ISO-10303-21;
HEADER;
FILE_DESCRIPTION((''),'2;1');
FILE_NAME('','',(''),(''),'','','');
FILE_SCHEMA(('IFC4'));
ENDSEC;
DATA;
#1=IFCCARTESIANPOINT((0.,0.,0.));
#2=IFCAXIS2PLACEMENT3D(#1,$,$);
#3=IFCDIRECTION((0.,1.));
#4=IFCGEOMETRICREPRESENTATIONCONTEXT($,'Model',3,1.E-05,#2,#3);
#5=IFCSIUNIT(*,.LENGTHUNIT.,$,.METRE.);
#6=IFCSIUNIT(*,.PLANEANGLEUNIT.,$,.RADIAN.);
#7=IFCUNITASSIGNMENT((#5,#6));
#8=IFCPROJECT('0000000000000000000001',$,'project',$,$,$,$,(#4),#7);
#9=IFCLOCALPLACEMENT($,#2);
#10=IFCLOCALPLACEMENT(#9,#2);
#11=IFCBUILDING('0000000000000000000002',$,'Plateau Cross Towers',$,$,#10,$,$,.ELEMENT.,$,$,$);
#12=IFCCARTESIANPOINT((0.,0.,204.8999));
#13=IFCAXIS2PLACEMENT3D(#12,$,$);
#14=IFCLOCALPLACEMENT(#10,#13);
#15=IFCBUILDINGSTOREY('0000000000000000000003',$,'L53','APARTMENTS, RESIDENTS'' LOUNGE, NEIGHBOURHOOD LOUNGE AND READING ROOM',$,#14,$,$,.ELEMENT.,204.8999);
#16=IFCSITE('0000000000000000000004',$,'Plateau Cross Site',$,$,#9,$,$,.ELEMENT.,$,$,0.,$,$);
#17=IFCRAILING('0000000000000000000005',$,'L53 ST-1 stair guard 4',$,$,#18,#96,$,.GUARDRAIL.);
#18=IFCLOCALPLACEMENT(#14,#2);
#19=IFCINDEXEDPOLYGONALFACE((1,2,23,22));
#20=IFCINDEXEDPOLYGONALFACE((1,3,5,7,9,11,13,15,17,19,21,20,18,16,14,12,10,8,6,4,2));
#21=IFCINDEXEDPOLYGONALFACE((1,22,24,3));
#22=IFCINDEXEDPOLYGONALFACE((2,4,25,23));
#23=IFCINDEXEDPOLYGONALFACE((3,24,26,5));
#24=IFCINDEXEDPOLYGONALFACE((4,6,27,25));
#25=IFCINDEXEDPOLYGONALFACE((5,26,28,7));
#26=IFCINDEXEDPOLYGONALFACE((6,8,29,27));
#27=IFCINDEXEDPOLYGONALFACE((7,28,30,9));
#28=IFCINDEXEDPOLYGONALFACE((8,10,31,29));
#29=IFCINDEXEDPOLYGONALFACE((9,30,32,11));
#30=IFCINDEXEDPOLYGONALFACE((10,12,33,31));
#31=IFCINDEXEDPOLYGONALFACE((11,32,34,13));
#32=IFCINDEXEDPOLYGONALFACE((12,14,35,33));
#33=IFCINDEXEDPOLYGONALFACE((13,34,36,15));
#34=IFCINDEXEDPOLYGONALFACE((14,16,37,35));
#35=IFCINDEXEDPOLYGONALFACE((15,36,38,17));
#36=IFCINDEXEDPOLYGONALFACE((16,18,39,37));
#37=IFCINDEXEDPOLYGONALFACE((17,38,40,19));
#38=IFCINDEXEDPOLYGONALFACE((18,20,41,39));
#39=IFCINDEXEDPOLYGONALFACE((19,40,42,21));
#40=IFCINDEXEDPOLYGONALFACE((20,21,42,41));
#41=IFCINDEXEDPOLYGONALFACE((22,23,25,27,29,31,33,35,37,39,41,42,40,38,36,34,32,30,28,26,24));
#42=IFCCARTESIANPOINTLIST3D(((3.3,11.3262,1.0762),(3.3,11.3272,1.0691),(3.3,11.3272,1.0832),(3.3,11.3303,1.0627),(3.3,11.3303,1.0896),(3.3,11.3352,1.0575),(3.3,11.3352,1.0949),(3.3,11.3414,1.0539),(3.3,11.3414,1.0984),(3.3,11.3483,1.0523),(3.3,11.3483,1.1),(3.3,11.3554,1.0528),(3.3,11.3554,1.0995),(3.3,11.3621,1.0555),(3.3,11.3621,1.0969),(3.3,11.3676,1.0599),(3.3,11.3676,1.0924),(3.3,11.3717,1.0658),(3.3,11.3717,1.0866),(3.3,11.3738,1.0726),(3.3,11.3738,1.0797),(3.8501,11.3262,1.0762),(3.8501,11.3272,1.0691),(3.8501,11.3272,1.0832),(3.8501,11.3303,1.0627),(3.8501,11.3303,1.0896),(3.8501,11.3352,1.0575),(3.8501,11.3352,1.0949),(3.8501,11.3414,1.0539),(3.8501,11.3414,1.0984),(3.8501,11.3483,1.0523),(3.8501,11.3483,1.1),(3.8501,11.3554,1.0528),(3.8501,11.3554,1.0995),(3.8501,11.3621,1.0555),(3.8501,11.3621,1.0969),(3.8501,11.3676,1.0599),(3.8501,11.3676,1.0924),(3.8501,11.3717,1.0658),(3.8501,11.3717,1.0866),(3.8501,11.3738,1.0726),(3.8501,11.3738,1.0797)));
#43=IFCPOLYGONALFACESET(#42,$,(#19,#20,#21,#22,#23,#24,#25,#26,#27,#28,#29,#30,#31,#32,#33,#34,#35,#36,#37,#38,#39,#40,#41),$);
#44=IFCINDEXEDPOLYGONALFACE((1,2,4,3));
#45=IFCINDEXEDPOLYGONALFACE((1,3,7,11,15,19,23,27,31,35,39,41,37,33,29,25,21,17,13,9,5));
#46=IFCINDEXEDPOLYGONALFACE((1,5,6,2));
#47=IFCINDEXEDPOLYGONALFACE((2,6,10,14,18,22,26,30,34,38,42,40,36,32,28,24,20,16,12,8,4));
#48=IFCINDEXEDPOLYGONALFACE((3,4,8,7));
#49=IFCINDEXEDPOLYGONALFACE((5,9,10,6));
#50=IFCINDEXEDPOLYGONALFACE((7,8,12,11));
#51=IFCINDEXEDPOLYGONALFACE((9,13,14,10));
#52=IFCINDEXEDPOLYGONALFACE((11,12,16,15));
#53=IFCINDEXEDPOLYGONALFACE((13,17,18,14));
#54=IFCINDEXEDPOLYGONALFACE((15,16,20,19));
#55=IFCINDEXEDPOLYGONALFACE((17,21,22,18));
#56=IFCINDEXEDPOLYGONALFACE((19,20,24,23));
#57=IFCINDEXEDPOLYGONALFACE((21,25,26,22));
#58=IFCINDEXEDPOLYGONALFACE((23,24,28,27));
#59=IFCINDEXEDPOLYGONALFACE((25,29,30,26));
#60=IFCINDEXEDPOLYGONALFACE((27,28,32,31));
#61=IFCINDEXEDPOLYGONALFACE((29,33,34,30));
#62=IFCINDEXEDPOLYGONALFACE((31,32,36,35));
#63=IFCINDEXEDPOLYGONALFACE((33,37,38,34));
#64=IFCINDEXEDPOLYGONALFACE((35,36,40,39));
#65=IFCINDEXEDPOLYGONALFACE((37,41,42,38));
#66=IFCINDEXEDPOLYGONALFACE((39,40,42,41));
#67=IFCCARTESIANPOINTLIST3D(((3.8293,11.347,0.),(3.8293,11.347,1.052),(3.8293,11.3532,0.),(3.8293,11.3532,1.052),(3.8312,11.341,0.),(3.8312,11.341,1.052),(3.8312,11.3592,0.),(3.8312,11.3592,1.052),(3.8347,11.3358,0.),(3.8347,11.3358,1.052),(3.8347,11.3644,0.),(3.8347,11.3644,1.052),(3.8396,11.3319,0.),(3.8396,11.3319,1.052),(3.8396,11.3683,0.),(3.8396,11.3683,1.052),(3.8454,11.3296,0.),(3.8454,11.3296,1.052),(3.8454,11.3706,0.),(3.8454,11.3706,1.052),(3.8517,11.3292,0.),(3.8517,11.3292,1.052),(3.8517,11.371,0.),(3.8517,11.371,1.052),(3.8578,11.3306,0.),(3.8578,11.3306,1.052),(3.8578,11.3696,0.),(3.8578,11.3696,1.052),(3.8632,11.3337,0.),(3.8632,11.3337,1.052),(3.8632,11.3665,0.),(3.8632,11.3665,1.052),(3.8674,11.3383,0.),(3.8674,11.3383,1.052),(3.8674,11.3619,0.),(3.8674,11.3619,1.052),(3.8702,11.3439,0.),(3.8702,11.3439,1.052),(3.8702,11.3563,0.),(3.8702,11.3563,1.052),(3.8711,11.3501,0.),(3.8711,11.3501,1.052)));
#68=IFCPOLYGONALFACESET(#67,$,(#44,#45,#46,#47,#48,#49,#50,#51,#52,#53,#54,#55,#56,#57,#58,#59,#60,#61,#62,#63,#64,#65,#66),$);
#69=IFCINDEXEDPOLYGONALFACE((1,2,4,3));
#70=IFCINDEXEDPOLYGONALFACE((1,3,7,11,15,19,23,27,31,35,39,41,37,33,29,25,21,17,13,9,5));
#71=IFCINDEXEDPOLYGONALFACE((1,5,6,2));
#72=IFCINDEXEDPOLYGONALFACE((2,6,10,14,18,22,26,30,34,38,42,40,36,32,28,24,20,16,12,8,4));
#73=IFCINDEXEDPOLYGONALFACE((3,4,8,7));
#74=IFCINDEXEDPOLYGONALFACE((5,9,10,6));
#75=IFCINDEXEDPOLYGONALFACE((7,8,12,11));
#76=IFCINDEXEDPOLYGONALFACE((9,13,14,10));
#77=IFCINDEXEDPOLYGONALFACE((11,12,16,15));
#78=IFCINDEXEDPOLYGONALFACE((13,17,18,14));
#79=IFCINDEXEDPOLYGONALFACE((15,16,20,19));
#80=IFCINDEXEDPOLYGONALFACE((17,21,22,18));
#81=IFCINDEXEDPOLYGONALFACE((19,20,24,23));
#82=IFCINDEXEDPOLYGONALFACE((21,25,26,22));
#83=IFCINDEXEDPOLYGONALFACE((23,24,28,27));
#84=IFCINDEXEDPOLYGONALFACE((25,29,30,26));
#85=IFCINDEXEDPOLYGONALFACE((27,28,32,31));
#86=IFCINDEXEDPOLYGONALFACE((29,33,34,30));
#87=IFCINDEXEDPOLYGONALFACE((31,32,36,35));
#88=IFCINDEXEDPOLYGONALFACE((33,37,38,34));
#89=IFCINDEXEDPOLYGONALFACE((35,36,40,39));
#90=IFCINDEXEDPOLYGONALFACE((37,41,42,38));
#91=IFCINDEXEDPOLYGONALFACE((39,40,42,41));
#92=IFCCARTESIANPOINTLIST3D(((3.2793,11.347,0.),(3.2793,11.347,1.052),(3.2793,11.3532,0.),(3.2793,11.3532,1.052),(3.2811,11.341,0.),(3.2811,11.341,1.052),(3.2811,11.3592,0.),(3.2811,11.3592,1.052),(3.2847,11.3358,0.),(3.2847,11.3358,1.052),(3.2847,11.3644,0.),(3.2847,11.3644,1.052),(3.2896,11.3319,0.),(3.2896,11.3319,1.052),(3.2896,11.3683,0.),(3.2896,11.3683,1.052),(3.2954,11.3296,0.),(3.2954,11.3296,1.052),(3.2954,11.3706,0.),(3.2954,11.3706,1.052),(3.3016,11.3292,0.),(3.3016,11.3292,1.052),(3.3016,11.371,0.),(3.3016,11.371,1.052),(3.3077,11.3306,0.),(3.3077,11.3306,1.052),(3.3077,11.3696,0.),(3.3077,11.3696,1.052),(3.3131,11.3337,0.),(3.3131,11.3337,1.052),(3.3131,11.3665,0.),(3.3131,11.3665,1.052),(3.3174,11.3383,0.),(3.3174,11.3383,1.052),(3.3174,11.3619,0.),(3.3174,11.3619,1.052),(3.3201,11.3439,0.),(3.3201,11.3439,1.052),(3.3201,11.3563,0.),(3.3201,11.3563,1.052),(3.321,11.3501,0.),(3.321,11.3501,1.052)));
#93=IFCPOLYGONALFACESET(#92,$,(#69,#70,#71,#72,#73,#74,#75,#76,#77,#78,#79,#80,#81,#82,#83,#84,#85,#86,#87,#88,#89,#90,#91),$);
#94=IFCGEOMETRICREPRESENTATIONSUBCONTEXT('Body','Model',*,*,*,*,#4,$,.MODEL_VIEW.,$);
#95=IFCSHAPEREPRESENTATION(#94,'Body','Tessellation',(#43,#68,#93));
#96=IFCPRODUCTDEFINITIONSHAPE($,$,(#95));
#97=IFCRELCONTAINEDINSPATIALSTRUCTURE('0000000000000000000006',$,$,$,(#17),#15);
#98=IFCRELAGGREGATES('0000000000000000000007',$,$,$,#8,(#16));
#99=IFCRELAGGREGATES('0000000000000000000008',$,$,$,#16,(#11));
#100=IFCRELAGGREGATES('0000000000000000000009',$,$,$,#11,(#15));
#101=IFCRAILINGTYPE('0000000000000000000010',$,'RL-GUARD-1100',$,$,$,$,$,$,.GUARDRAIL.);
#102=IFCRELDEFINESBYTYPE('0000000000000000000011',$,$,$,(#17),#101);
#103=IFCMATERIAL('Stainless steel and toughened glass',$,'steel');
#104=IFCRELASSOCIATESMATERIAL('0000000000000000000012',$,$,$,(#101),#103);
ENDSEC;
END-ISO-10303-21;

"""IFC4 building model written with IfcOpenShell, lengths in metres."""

from ifc_helpers import new_model, si_unit, direction, frame, origin, origin_2d, place, context, subcontext, project, spatial, circle, extrude, material, type_object, element, save


model = new_model("IFC4")

# Units and contexts
model_context = context("Model", 3, precision=1e-05, world=origin(), true_north=direction((0.0, 1.0)))
body_context = subcontext(model_context, "Body", "Model", "MODEL_VIEW")
ifc_project = project(units=[si_unit("LENGTHUNIT", "METRE"), si_unit("PLANEANGLEUNIT", "RADIAN")], contexts=[model_context])

# Site, building, storey
site_placement = place(None, origin())
site = spatial("IfcSite", under=ifc_project, at=site_placement, Name="Plateau Cross Site", CompositionType="ELEMENT", RefElevation=0.0)
building_placement = place(site_placement, origin())
building = spatial("IfcBuilding", under=site, at=building_placement, Name="Plateau Cross Towers", CompositionType="ELEMENT")
storey_placement = place(building_placement, frame((0.0, 0.0, 204.8999)))
storey = spatial("IfcBuildingStorey", under=building, at=storey_placement, Name="L53", Description="APARTMENTS, RESIDENTS' LOUNGE, NEIGHBOURHOOD LOUNGE AND READING ROOM", CompositionType="ELEMENT", Elevation=204.8999)

# Railing
ifc_material_1 = material(Name="Stainless steel and toughened glass", Category="steel")
railing_type_1 = type_object("IfcRailingType", Name="RL-GUARD-1100", PredefinedType="GUARDRAIL", material=ifc_material_1)
railing_1_placement = place(storey_placement, frame((3.8501, 11.3501, 0.0)))
element("IfcRailing", 1, at=railing_1_placement, inside=storey, type_object=railing_type_1, Name="L53 ST-1 stair guard 4", PredefinedType="GUARDRAIL", context=body_context, shape_type="SweptSolid", body=[
    extrude(circle(Radius=0.0239, at=origin_2d()), frame((0.0, 0.0, 1.0762), z_axis=(-1.0, 0.0, 0.0), x_axis=(0.0, -1.0, 0.0)), (0.0, 0.0, 1.0), 0.55),
    extrude(circle(Radius=0.021, at=origin_2d()), origin(), (0.0, 0.0, 1.0), 1.052),
    extrude(circle(Radius=0.021, at=origin_2d()), frame((-0.55, 0.0, 0.0)), (0.0, 0.0, 1.0), 1.052),
])

save(model, "model.ifc")
